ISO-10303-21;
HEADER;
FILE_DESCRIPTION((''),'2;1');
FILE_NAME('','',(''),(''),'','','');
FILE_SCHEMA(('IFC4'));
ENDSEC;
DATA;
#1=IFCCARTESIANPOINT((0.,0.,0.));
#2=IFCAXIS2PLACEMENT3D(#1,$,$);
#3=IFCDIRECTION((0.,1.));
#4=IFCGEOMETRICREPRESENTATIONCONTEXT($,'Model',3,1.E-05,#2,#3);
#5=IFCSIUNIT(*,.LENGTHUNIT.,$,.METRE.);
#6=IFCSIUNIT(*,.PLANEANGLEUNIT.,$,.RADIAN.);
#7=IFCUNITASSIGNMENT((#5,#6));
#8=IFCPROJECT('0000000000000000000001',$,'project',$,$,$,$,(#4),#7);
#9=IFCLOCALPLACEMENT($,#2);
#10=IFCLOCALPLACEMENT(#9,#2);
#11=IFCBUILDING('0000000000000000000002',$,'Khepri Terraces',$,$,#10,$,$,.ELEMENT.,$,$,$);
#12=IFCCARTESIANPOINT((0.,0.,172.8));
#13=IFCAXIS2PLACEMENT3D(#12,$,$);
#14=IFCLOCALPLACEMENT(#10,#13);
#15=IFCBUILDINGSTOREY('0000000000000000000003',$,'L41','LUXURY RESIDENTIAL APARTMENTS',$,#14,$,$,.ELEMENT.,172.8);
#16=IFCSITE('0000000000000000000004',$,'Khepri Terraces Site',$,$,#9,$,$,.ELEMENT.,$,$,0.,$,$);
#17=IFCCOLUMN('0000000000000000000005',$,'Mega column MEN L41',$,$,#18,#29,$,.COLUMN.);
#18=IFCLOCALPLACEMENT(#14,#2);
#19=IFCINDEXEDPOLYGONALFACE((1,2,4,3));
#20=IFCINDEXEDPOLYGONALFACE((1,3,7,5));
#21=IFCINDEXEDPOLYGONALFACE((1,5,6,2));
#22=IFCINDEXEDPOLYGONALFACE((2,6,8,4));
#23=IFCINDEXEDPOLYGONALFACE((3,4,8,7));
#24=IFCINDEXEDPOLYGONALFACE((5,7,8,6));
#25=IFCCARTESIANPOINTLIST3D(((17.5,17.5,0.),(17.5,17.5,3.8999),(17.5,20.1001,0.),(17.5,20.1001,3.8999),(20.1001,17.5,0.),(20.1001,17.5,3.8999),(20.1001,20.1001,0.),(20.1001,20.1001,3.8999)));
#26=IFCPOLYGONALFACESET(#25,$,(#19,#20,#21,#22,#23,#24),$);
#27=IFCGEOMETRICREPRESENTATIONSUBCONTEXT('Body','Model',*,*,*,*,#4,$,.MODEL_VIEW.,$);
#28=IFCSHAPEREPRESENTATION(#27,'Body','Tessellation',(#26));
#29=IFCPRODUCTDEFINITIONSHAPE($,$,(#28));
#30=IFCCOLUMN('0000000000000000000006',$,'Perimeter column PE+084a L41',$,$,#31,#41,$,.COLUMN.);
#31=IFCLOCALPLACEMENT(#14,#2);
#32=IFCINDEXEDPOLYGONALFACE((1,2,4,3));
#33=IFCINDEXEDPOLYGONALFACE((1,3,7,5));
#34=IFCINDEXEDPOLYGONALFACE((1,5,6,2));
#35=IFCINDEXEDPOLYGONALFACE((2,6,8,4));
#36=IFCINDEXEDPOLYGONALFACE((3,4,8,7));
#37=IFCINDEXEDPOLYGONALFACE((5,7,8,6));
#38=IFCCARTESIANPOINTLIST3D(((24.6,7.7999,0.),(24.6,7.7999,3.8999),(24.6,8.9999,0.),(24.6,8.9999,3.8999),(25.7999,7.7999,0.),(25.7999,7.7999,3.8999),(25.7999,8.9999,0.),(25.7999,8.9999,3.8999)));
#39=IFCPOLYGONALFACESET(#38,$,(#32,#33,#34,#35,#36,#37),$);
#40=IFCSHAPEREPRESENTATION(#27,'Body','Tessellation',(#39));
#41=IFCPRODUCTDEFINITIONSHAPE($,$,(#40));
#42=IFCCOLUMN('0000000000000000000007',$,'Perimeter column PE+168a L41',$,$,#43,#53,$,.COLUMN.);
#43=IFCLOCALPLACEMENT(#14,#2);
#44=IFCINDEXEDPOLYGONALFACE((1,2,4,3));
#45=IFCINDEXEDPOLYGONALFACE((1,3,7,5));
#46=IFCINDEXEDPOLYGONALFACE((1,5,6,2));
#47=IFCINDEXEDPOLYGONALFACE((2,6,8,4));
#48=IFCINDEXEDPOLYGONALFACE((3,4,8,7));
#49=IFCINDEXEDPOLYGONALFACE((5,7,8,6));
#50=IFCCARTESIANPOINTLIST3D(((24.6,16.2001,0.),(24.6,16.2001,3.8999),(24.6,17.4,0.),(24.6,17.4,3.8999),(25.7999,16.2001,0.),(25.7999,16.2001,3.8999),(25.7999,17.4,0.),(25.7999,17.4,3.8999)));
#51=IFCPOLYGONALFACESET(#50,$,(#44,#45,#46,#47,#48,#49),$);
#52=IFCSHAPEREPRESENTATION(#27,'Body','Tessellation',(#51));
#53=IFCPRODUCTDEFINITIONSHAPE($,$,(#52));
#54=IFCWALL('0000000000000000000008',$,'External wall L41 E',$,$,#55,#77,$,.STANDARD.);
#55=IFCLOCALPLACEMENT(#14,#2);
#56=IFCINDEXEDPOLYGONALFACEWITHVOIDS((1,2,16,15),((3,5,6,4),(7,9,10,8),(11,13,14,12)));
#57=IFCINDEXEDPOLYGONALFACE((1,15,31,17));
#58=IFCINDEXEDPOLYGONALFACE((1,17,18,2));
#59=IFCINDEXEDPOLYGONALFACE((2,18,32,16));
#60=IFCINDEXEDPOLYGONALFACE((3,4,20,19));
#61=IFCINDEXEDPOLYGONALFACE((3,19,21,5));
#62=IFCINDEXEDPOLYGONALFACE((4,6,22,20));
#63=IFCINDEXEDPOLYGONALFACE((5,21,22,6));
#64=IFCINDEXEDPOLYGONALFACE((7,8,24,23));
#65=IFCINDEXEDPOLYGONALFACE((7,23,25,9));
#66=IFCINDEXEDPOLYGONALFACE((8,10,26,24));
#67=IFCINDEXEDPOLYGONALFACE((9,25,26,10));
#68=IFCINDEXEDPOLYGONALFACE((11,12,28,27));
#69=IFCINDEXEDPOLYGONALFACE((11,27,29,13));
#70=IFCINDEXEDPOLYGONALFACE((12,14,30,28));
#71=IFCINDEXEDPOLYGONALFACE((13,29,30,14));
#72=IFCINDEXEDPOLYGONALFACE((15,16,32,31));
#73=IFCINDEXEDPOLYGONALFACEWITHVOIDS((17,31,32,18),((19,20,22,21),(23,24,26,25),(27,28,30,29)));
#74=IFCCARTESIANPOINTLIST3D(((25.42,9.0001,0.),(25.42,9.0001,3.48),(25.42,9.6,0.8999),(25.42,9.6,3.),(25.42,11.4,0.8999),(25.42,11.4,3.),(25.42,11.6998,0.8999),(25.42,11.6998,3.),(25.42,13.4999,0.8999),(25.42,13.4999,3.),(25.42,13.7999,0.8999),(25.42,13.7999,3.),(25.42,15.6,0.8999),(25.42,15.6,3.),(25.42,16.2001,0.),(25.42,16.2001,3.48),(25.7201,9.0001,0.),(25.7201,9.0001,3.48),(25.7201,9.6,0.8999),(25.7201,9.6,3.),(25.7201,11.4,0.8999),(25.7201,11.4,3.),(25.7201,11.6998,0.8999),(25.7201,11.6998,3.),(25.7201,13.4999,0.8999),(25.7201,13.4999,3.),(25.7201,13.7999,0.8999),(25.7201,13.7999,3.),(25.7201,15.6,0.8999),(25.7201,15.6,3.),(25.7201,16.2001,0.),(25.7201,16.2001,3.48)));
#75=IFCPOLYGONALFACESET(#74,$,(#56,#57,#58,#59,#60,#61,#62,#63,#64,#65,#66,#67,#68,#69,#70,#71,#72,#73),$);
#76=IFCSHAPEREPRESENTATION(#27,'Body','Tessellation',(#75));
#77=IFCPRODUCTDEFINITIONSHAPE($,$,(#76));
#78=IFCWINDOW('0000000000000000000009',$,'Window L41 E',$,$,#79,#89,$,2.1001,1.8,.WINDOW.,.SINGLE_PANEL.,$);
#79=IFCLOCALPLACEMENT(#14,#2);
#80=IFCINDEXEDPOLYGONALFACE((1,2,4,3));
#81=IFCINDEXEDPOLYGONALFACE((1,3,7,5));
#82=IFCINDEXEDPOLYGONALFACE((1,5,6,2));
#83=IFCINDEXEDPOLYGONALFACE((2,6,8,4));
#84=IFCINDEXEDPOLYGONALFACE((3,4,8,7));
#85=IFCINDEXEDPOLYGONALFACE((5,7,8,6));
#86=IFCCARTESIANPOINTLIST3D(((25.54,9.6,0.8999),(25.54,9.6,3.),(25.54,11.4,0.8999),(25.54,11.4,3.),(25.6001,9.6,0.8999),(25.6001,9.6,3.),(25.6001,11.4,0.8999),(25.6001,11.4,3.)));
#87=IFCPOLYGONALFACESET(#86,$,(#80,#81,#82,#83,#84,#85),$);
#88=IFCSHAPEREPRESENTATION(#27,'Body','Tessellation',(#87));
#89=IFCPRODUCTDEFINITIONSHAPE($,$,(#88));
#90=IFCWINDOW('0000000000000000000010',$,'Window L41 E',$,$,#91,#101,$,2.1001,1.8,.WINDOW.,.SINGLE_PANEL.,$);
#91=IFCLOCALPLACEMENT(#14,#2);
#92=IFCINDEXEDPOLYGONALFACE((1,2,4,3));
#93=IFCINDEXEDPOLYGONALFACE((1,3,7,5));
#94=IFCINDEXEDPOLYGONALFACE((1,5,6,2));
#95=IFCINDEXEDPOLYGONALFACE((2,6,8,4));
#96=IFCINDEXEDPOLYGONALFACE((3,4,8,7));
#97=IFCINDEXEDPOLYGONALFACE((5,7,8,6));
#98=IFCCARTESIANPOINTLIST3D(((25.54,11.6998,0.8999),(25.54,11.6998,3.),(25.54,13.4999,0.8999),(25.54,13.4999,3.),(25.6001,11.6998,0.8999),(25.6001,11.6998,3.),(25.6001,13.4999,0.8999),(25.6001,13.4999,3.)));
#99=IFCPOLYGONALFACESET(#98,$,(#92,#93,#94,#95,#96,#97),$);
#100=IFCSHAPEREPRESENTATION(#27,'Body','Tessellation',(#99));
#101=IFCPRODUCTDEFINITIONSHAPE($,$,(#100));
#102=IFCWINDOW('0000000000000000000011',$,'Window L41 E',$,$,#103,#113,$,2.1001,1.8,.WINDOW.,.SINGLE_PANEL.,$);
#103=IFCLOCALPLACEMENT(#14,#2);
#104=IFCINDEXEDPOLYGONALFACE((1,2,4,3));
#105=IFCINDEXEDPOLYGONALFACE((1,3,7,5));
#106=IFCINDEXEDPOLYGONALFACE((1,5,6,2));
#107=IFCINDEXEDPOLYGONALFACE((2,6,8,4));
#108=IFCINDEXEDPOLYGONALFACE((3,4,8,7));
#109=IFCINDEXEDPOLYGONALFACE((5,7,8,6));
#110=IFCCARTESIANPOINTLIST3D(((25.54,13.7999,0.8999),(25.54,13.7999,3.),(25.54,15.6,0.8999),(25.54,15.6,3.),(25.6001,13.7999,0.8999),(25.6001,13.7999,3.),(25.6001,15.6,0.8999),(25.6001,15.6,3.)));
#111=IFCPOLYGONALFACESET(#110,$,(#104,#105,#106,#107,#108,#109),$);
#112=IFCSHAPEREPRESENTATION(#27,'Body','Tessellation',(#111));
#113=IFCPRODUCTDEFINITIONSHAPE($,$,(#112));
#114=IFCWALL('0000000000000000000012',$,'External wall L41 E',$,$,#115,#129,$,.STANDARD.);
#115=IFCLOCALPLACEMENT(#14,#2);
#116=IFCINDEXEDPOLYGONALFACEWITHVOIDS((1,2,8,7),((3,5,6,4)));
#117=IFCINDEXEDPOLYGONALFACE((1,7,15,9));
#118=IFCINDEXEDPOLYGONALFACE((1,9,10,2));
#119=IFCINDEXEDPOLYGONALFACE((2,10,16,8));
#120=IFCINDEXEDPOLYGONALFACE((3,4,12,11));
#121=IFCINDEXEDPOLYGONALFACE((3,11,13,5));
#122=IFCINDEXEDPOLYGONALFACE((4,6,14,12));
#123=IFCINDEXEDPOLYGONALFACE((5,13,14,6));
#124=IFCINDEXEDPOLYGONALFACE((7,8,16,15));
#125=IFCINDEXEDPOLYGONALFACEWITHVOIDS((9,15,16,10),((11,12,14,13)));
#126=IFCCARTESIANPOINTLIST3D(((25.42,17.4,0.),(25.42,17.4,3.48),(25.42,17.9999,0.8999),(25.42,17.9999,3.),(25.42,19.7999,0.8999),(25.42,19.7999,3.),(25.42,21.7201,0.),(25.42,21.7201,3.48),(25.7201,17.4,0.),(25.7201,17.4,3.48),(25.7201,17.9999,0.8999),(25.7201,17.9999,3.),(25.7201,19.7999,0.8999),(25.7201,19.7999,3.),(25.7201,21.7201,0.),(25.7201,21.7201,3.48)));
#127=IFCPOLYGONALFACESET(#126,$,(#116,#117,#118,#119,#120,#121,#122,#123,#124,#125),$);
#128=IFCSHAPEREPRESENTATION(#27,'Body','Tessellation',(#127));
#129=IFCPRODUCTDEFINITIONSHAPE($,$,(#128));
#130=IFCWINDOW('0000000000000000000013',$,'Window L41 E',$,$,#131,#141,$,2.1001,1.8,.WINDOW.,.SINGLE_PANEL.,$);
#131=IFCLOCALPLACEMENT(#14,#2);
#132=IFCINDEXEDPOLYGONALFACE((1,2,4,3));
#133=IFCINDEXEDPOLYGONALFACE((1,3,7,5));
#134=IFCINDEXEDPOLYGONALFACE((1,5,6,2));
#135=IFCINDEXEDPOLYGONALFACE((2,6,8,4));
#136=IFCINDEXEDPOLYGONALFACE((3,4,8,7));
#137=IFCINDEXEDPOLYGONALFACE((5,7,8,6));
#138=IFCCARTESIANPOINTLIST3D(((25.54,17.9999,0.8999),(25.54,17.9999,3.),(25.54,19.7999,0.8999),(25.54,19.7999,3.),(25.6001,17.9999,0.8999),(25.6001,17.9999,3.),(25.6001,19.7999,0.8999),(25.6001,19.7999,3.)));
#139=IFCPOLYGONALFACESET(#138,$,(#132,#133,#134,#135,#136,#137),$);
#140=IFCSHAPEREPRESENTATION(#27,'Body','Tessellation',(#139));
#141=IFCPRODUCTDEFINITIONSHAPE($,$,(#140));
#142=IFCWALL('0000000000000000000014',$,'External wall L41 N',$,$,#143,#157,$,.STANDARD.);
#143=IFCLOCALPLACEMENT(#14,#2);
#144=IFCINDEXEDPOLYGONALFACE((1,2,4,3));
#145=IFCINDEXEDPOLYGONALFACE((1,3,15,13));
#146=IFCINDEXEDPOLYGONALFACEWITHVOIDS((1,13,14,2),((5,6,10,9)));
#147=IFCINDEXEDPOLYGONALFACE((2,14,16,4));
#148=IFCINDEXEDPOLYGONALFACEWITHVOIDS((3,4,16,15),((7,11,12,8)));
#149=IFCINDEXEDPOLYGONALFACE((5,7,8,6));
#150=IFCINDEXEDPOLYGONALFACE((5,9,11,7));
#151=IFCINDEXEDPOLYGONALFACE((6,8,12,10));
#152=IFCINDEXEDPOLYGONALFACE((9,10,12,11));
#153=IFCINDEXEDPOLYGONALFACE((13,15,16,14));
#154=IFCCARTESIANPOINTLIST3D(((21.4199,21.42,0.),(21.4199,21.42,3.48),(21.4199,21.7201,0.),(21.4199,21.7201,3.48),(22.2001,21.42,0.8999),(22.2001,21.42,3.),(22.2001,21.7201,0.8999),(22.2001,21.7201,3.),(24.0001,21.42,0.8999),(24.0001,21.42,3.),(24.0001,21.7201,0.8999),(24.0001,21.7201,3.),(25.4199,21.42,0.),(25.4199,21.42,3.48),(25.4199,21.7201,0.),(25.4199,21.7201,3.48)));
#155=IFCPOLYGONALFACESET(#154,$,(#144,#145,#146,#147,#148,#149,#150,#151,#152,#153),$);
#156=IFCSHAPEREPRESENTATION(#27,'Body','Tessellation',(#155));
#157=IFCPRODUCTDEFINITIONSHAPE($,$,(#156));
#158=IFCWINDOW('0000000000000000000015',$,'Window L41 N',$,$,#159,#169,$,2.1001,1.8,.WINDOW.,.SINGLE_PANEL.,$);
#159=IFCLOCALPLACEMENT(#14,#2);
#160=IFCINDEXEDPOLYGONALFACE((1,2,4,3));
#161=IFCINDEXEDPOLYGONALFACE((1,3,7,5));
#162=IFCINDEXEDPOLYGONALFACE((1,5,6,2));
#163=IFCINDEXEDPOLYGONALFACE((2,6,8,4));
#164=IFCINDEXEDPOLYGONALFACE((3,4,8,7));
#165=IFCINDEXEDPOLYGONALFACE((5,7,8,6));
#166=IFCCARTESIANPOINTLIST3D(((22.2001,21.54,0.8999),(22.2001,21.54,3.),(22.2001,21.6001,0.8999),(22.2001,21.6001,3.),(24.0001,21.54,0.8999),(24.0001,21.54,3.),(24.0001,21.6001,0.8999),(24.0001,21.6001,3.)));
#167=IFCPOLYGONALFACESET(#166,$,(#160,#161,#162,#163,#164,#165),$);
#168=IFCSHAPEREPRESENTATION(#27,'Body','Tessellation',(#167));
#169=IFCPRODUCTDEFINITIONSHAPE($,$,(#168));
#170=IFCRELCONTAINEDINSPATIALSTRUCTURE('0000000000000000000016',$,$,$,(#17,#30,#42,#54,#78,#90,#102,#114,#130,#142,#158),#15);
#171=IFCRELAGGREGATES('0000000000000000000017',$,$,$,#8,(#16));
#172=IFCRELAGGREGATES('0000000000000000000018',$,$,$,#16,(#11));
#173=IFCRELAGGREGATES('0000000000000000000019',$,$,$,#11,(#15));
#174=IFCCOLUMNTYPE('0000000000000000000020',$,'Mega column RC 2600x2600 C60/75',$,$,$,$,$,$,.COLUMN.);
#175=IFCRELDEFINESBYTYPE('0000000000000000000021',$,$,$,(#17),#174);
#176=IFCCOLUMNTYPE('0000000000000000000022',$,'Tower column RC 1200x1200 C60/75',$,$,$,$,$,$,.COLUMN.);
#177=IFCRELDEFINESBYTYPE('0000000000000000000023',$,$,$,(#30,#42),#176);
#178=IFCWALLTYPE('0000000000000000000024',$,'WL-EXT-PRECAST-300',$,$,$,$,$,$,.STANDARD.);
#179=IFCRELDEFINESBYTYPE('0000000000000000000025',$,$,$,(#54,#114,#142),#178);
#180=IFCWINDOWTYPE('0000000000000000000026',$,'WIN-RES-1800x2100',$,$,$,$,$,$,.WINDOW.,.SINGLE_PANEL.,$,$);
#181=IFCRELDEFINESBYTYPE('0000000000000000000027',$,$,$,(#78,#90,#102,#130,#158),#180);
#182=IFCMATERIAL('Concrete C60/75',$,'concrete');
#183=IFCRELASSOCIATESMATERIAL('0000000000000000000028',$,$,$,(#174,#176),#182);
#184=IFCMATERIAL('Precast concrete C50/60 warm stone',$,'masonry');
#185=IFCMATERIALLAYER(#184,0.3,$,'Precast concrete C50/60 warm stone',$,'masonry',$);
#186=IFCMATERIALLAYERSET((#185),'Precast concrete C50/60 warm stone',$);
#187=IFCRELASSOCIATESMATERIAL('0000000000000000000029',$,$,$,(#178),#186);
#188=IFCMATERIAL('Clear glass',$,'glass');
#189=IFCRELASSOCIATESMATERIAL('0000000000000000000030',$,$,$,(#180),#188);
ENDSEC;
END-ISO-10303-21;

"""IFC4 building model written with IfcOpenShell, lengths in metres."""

from ifc_helpers import new_model, si_unit, direction, frame, frame_2d, origin, origin_2d, place, context, subcontext, project, spatial, rectangle, extrude, material, layer, layer_set, material_profile, profile_set, type_object, element, fill, save


model = new_model("IFC4")

# Units and contexts
model_context = context("Model", 3, precision=1e-05, world=origin(), true_north=direction((0.0, 1.0)))
body_context = subcontext(model_context, "Body", "Model", "MODEL_VIEW")
ifc_project = project(units=[si_unit("LENGTHUNIT", "METRE"), si_unit("PLANEANGLEUNIT", "RADIAN")], contexts=[model_context])

# Site, building, storey
site_placement = place(None, origin())
site = spatial("IfcSite", under=ifc_project, at=site_placement, Name="Khepri Terraces Site", CompositionType="ELEMENT", RefElevation=0.0)
building_placement = place(site_placement, origin())
building = spatial("IfcBuilding", under=site, at=building_placement, Name="Khepri Terraces", CompositionType="ELEMENT")
storey_placement = place(building_placement, frame((0.0, 0.0, 172.8)))
storey = spatial("IfcBuildingStorey", under=building, at=storey_placement, Name="L41", Description="LUXURY RESIDENTIAL APARTMENTS", CompositionType="ELEMENT", Elevation=172.8)

# Columns
ifc_material_1 = material(Name="Concrete C60/75", Category="concrete")
ifc_material_profile_1 = material_profile(ifc_material_1, rectangle(XDim=2.6001, YDim=2.6001, at=origin_2d()), Name="Concrete C60/75", Category="concrete")
ifc_profile_set_1 = profile_set([ifc_material_profile_1], Name="Concrete C60/75")
column_type_1 = type_object("IfcColumnType", Name="Mega column RC 2600x2600 C60/75", PredefinedType="COLUMN", material=ifc_profile_set_1)
column_placement = place(storey_placement, frame((18.8, 18.8, 0.0), z_axis=(0.0, 0.0, 1.0), x_axis=(1.0, 0.0, 0.0)))
element("IfcColumn", 1, at=column_placement, inside=storey, type_object=column_type_1, Name="Mega column MEN L41", PredefinedType="COLUMN", context=body_context, shape_type="SweptSolid", body=[
    extrude(rectangle(XDim=2.6001, YDim=2.6001, at=origin_2d()), origin(), (0.0, 0.0, 1.0), 3.8999),
])
ifc_material_profile_2 = material_profile(ifc_material_1, rectangle(XDim=1.2, YDim=1.2, at=origin_2d()), Name="Concrete C60/75", Category="concrete")
ifc_profile_set_2 = profile_set([ifc_material_profile_2], Name="Concrete C60/75")
column_type_2 = type_object("IfcColumnType", Name="Tower column RC 1200x1200 C60/75", PredefinedType="COLUMN", material=ifc_profile_set_2)
for number, where, z_axis, x_axis, name in (
    (2, (25.2, 8.3999, 0.0), (0.0, 0.0, 1.0), (1.0, 0.0, 0.0), "Perimeter column PE+084a L41"),
    (3, (25.2, 16.8, 0.0), (0.0, 0.0, 1.0), (1.0, 0.0, 0.0), "Perimeter column PE+168a L41"),
):
    element("IfcColumn", number, at=place(storey_placement, frame(where, z_axis=z_axis, x_axis=x_axis)), inside=storey, type_object=column_type_2, Name=name, PredefinedType="COLUMN", context=body_context, shape_type="SweptSolid", body=[
        extrude(rectangle(XDim=1.2, YDim=1.2, at=origin_2d()), origin(), (0.0, 0.0, 1.0), 3.8999),
    ])

# Wall, openings, windows
ifc_material_2 = material(Name="Precast concrete C50/60 warm stone", Category="masonry")
ifc_layer_1 = layer(ifc_material_2, 0.3, Name="Precast concrete C50/60 warm stone", Category="masonry")
ifc_layer_set_1 = layer_set([ifc_layer_1], Name="Precast concrete C50/60 warm stone")
wall_type_1 = type_object("IfcWallType", Name="WL-EXT-PRECAST-300", PredefinedType="STANDARD", material=ifc_layer_set_1)
wall_1_placement = place(storey_placement, frame((25.5701, 9.0, 0.0), z_axis=(0.0, 0.0, 1.0), x_axis=(0.0, 1.0, 0.0)))
wall_1 = element("IfcWall", 4, at=wall_1_placement, inside=storey, type_object=wall_type_1, Name="External wall L41 E", PredefinedType="STANDARD", context=body_context, shape_type="SweptSolid", body=[
    extrude(rectangle(XDim=7.2, YDim=0.3, at=frame_2d((3.6001, 0.0))), origin(), (0.0, 0.0, 1.0), 3.48),
])
opening_1_placement = place(wall_1_placement, frame((0.6001, 0.0, 0.8999)))
opening_1 = element("IfcOpeningElement", 5, at=opening_1_placement, cuts=wall_1, PredefinedType="OPENING", context=body_context, shape_type="SweptSolid", body=[
    extrude(rectangle(XDim=1.8, YDim=2.1001, at=frame_2d((0.8999, 1.05))), frame((0.0, 0.1602, 0.0), z_axis=(0.0, -1.0, 0.0), x_axis=(1.0, 0.0, 0.0)), (0.0, 0.0, 1.0), 0.3201),
])
opening_2_placement = place(wall_1_placement, frame((2.7, 0.0, 0.8999)))
opening_2 = element("IfcOpeningElement", 6, at=opening_2_placement, cuts=wall_1, PredefinedType="OPENING", context=body_context, shape_type="SweptSolid", body=[
    extrude(rectangle(XDim=1.8, YDim=2.1001, at=frame_2d((0.8999, 1.05))), frame((0.0, 0.1602, 0.0), z_axis=(0.0, -1.0, 0.0), x_axis=(1.0, 0.0, 0.0)), (0.0, 0.0, 1.0), 0.3201),
])
opening_3_placement = place(wall_1_placement, frame((4.8, 0.0, 0.8999)))
opening_3 = element("IfcOpeningElement", 7, at=opening_3_placement, cuts=wall_1, PredefinedType="OPENING", context=body_context, shape_type="SweptSolid", body=[
    extrude(rectangle(XDim=1.8, YDim=2.1001, at=frame_2d((0.8999, 1.05))), frame((0.0, 0.1602, 0.0), z_axis=(0.0, -1.0, 0.0), x_axis=(1.0, 0.0, 0.0)), (0.0, 0.0, 1.0), 0.3201),
])
ifc_material_3 = material(Name="Clear glass", Category="glass")
window_type = type_object("IfcWindowType", Name="WIN-RES-1800x2100", PartitioningType="SINGLE_PANEL", PredefinedType="WINDOW", material=ifc_material_3)
window_1_placement = place(opening_1_placement, origin())
window_1 = element("IfcWindow", 8, at=window_1_placement, inside=storey, type_object=window_type, Name="Window L41 E", OverallHeight=2.1001, OverallWidth=1.8, PartitioningType="SINGLE_PANEL", PredefinedType="WINDOW", context=body_context, shape_type="SweptSolid", body=[
    extrude(rectangle(XDim=1.8, YDim=2.1001, at=frame_2d((0.8999, 1.05))), frame((0.0, 0.03, 0.0), z_axis=(0.0, -1.0, 0.0), x_axis=(1.0, 0.0, 0.0)), (0.0, 0.0, 1.0), 0.0601),
])
fill(opening_1, window_1)
window_2_placement = place(opening_2_placement, origin())
window_2 = element("IfcWindow", 9, at=window_2_placement, inside=storey, type_object=window_type, Name="Window L41 E", OverallHeight=2.1001, OverallWidth=1.8, PartitioningType="SINGLE_PANEL", PredefinedType="WINDOW", context=body_context, shape_type="SweptSolid", body=[
    extrude(rectangle(XDim=1.8, YDim=2.1001, at=frame_2d((0.8999, 1.05))), frame((0.0, 0.03, 0.0), z_axis=(0.0, -1.0, 0.0), x_axis=(1.0, 0.0, 0.0)), (0.0, 0.0, 1.0), 0.0601),
])
fill(opening_2, window_2)
window_3_placement = place(opening_3_placement, origin())
window_3 = element("IfcWindow", 10, at=window_3_placement, inside=storey, type_object=window_type, Name="Window L41 E", OverallHeight=2.1001, OverallWidth=1.8, PartitioningType="SINGLE_PANEL", PredefinedType="WINDOW", context=body_context, shape_type="SweptSolid", body=[
    extrude(rectangle(XDim=1.8, YDim=2.1001, at=frame_2d((0.8999, 1.05))), frame((0.0, 0.03, 0.0), z_axis=(0.0, -1.0, 0.0), x_axis=(1.0, 0.0, 0.0)), (0.0, 0.0, 1.0), 0.0601),
])
fill(opening_3, window_3)

# Walls, openings, windows
wall_2_placement = place(storey_placement, frame((25.5701, 17.3999, 0.0), z_axis=(0.0, 0.0, 1.0), x_axis=(0.0, 1.0, 0.0)))
wall_2 = element("IfcWall", 11, at=wall_2_placement, inside=storey, type_object=wall_type_1, Name="External wall L41 E", PredefinedType="STANDARD", context=body_context, shape_type="SweptSolid", body=[
    extrude(rectangle(XDim=4.3201, YDim=0.3, at=frame_2d((2.1602, 0.0))), origin(), (0.0, 0.0, 1.0), 3.48),
])
opening_4_placement = place(wall_2_placement, frame((0.6001, 0.0, 0.8999)))
opening_4 = element("IfcOpeningElement", 12, at=opening_4_placement, cuts=wall_2, PredefinedType="OPENING", context=body_context, shape_type="SweptSolid", body=[
    extrude(rectangle(XDim=1.8, YDim=2.1001, at=frame_2d((0.8999, 1.05))), frame((0.0, 0.1602, 0.0), z_axis=(0.0, -1.0, 0.0), x_axis=(1.0, 0.0, 0.0)), (0.0, 0.0, 1.0), 0.3201),
])
window_4_placement = place(opening_4_placement, origin())
window_4 = element("IfcWindow", 13, at=window_4_placement, inside=storey, type_object=window_type, Name="Window L41 E", OverallHeight=2.1001, OverallWidth=1.8, PartitioningType="SINGLE_PANEL", PredefinedType="WINDOW", context=body_context, shape_type="SweptSolid", body=[
    extrude(rectangle(XDim=1.8, YDim=2.1001, at=frame_2d((0.8999, 1.05))), frame((0.0, 0.03, 0.0), z_axis=(0.0, -1.0, 0.0), x_axis=(1.0, 0.0, 0.0)), (0.0, 0.0, 1.0), 0.0601),
])
fill(opening_4, window_4)
wall_3_placement = place(storey_placement, frame((25.4199, 21.5701, 0.0), z_axis=(0.0, 0.0, 1.0), x_axis=(-1.0, 0.0, 0.0)))
wall_3 = element("IfcWall", 14, at=wall_3_placement, inside=storey, type_object=wall_type_1, Name="External wall L41 N", PredefinedType="STANDARD", context=body_context, shape_type="SweptSolid", body=[
    extrude(rectangle(XDim=4.0, YDim=0.3, at=frame_2d((2.0, 0.0))), origin(), (0.0, 0.0, 1.0), 3.48),
])
opening_5_placement = place(wall_3_placement, frame((1.4199, 0.0, 0.8999)))
opening_5 = element("IfcOpeningElement", 15, at=opening_5_placement, cuts=wall_3, PredefinedType="OPENING", context=body_context, shape_type="SweptSolid", body=[
    extrude(rectangle(XDim=1.8, YDim=2.1001, at=frame_2d((0.8999, 1.05))), frame((0.0, 0.1602, 0.0), z_axis=(0.0, -1.0, 0.0), x_axis=(1.0, 0.0, 0.0)), (0.0, 0.0, 1.0), 0.3201),
])
window_5_placement = place(opening_5_placement, origin())
window_5 = element("IfcWindow", 16, at=window_5_placement, inside=storey, type_object=window_type, Name="Window L41 N", OverallHeight=2.1001, OverallWidth=1.8, PartitioningType="SINGLE_PANEL", PredefinedType="WINDOW", context=body_context, shape_type="SweptSolid", body=[
    extrude(rectangle(XDim=1.8, YDim=2.1001, at=frame_2d((0.8999, 1.05))), frame((0.0, 0.03, 0.0), z_axis=(0.0, -1.0, 0.0), x_axis=(1.0, 0.0, 0.0)), (0.0, 0.0, 1.0), 0.0601),
])
fill(opening_5, window_5)

save(model, "model.ifc")
